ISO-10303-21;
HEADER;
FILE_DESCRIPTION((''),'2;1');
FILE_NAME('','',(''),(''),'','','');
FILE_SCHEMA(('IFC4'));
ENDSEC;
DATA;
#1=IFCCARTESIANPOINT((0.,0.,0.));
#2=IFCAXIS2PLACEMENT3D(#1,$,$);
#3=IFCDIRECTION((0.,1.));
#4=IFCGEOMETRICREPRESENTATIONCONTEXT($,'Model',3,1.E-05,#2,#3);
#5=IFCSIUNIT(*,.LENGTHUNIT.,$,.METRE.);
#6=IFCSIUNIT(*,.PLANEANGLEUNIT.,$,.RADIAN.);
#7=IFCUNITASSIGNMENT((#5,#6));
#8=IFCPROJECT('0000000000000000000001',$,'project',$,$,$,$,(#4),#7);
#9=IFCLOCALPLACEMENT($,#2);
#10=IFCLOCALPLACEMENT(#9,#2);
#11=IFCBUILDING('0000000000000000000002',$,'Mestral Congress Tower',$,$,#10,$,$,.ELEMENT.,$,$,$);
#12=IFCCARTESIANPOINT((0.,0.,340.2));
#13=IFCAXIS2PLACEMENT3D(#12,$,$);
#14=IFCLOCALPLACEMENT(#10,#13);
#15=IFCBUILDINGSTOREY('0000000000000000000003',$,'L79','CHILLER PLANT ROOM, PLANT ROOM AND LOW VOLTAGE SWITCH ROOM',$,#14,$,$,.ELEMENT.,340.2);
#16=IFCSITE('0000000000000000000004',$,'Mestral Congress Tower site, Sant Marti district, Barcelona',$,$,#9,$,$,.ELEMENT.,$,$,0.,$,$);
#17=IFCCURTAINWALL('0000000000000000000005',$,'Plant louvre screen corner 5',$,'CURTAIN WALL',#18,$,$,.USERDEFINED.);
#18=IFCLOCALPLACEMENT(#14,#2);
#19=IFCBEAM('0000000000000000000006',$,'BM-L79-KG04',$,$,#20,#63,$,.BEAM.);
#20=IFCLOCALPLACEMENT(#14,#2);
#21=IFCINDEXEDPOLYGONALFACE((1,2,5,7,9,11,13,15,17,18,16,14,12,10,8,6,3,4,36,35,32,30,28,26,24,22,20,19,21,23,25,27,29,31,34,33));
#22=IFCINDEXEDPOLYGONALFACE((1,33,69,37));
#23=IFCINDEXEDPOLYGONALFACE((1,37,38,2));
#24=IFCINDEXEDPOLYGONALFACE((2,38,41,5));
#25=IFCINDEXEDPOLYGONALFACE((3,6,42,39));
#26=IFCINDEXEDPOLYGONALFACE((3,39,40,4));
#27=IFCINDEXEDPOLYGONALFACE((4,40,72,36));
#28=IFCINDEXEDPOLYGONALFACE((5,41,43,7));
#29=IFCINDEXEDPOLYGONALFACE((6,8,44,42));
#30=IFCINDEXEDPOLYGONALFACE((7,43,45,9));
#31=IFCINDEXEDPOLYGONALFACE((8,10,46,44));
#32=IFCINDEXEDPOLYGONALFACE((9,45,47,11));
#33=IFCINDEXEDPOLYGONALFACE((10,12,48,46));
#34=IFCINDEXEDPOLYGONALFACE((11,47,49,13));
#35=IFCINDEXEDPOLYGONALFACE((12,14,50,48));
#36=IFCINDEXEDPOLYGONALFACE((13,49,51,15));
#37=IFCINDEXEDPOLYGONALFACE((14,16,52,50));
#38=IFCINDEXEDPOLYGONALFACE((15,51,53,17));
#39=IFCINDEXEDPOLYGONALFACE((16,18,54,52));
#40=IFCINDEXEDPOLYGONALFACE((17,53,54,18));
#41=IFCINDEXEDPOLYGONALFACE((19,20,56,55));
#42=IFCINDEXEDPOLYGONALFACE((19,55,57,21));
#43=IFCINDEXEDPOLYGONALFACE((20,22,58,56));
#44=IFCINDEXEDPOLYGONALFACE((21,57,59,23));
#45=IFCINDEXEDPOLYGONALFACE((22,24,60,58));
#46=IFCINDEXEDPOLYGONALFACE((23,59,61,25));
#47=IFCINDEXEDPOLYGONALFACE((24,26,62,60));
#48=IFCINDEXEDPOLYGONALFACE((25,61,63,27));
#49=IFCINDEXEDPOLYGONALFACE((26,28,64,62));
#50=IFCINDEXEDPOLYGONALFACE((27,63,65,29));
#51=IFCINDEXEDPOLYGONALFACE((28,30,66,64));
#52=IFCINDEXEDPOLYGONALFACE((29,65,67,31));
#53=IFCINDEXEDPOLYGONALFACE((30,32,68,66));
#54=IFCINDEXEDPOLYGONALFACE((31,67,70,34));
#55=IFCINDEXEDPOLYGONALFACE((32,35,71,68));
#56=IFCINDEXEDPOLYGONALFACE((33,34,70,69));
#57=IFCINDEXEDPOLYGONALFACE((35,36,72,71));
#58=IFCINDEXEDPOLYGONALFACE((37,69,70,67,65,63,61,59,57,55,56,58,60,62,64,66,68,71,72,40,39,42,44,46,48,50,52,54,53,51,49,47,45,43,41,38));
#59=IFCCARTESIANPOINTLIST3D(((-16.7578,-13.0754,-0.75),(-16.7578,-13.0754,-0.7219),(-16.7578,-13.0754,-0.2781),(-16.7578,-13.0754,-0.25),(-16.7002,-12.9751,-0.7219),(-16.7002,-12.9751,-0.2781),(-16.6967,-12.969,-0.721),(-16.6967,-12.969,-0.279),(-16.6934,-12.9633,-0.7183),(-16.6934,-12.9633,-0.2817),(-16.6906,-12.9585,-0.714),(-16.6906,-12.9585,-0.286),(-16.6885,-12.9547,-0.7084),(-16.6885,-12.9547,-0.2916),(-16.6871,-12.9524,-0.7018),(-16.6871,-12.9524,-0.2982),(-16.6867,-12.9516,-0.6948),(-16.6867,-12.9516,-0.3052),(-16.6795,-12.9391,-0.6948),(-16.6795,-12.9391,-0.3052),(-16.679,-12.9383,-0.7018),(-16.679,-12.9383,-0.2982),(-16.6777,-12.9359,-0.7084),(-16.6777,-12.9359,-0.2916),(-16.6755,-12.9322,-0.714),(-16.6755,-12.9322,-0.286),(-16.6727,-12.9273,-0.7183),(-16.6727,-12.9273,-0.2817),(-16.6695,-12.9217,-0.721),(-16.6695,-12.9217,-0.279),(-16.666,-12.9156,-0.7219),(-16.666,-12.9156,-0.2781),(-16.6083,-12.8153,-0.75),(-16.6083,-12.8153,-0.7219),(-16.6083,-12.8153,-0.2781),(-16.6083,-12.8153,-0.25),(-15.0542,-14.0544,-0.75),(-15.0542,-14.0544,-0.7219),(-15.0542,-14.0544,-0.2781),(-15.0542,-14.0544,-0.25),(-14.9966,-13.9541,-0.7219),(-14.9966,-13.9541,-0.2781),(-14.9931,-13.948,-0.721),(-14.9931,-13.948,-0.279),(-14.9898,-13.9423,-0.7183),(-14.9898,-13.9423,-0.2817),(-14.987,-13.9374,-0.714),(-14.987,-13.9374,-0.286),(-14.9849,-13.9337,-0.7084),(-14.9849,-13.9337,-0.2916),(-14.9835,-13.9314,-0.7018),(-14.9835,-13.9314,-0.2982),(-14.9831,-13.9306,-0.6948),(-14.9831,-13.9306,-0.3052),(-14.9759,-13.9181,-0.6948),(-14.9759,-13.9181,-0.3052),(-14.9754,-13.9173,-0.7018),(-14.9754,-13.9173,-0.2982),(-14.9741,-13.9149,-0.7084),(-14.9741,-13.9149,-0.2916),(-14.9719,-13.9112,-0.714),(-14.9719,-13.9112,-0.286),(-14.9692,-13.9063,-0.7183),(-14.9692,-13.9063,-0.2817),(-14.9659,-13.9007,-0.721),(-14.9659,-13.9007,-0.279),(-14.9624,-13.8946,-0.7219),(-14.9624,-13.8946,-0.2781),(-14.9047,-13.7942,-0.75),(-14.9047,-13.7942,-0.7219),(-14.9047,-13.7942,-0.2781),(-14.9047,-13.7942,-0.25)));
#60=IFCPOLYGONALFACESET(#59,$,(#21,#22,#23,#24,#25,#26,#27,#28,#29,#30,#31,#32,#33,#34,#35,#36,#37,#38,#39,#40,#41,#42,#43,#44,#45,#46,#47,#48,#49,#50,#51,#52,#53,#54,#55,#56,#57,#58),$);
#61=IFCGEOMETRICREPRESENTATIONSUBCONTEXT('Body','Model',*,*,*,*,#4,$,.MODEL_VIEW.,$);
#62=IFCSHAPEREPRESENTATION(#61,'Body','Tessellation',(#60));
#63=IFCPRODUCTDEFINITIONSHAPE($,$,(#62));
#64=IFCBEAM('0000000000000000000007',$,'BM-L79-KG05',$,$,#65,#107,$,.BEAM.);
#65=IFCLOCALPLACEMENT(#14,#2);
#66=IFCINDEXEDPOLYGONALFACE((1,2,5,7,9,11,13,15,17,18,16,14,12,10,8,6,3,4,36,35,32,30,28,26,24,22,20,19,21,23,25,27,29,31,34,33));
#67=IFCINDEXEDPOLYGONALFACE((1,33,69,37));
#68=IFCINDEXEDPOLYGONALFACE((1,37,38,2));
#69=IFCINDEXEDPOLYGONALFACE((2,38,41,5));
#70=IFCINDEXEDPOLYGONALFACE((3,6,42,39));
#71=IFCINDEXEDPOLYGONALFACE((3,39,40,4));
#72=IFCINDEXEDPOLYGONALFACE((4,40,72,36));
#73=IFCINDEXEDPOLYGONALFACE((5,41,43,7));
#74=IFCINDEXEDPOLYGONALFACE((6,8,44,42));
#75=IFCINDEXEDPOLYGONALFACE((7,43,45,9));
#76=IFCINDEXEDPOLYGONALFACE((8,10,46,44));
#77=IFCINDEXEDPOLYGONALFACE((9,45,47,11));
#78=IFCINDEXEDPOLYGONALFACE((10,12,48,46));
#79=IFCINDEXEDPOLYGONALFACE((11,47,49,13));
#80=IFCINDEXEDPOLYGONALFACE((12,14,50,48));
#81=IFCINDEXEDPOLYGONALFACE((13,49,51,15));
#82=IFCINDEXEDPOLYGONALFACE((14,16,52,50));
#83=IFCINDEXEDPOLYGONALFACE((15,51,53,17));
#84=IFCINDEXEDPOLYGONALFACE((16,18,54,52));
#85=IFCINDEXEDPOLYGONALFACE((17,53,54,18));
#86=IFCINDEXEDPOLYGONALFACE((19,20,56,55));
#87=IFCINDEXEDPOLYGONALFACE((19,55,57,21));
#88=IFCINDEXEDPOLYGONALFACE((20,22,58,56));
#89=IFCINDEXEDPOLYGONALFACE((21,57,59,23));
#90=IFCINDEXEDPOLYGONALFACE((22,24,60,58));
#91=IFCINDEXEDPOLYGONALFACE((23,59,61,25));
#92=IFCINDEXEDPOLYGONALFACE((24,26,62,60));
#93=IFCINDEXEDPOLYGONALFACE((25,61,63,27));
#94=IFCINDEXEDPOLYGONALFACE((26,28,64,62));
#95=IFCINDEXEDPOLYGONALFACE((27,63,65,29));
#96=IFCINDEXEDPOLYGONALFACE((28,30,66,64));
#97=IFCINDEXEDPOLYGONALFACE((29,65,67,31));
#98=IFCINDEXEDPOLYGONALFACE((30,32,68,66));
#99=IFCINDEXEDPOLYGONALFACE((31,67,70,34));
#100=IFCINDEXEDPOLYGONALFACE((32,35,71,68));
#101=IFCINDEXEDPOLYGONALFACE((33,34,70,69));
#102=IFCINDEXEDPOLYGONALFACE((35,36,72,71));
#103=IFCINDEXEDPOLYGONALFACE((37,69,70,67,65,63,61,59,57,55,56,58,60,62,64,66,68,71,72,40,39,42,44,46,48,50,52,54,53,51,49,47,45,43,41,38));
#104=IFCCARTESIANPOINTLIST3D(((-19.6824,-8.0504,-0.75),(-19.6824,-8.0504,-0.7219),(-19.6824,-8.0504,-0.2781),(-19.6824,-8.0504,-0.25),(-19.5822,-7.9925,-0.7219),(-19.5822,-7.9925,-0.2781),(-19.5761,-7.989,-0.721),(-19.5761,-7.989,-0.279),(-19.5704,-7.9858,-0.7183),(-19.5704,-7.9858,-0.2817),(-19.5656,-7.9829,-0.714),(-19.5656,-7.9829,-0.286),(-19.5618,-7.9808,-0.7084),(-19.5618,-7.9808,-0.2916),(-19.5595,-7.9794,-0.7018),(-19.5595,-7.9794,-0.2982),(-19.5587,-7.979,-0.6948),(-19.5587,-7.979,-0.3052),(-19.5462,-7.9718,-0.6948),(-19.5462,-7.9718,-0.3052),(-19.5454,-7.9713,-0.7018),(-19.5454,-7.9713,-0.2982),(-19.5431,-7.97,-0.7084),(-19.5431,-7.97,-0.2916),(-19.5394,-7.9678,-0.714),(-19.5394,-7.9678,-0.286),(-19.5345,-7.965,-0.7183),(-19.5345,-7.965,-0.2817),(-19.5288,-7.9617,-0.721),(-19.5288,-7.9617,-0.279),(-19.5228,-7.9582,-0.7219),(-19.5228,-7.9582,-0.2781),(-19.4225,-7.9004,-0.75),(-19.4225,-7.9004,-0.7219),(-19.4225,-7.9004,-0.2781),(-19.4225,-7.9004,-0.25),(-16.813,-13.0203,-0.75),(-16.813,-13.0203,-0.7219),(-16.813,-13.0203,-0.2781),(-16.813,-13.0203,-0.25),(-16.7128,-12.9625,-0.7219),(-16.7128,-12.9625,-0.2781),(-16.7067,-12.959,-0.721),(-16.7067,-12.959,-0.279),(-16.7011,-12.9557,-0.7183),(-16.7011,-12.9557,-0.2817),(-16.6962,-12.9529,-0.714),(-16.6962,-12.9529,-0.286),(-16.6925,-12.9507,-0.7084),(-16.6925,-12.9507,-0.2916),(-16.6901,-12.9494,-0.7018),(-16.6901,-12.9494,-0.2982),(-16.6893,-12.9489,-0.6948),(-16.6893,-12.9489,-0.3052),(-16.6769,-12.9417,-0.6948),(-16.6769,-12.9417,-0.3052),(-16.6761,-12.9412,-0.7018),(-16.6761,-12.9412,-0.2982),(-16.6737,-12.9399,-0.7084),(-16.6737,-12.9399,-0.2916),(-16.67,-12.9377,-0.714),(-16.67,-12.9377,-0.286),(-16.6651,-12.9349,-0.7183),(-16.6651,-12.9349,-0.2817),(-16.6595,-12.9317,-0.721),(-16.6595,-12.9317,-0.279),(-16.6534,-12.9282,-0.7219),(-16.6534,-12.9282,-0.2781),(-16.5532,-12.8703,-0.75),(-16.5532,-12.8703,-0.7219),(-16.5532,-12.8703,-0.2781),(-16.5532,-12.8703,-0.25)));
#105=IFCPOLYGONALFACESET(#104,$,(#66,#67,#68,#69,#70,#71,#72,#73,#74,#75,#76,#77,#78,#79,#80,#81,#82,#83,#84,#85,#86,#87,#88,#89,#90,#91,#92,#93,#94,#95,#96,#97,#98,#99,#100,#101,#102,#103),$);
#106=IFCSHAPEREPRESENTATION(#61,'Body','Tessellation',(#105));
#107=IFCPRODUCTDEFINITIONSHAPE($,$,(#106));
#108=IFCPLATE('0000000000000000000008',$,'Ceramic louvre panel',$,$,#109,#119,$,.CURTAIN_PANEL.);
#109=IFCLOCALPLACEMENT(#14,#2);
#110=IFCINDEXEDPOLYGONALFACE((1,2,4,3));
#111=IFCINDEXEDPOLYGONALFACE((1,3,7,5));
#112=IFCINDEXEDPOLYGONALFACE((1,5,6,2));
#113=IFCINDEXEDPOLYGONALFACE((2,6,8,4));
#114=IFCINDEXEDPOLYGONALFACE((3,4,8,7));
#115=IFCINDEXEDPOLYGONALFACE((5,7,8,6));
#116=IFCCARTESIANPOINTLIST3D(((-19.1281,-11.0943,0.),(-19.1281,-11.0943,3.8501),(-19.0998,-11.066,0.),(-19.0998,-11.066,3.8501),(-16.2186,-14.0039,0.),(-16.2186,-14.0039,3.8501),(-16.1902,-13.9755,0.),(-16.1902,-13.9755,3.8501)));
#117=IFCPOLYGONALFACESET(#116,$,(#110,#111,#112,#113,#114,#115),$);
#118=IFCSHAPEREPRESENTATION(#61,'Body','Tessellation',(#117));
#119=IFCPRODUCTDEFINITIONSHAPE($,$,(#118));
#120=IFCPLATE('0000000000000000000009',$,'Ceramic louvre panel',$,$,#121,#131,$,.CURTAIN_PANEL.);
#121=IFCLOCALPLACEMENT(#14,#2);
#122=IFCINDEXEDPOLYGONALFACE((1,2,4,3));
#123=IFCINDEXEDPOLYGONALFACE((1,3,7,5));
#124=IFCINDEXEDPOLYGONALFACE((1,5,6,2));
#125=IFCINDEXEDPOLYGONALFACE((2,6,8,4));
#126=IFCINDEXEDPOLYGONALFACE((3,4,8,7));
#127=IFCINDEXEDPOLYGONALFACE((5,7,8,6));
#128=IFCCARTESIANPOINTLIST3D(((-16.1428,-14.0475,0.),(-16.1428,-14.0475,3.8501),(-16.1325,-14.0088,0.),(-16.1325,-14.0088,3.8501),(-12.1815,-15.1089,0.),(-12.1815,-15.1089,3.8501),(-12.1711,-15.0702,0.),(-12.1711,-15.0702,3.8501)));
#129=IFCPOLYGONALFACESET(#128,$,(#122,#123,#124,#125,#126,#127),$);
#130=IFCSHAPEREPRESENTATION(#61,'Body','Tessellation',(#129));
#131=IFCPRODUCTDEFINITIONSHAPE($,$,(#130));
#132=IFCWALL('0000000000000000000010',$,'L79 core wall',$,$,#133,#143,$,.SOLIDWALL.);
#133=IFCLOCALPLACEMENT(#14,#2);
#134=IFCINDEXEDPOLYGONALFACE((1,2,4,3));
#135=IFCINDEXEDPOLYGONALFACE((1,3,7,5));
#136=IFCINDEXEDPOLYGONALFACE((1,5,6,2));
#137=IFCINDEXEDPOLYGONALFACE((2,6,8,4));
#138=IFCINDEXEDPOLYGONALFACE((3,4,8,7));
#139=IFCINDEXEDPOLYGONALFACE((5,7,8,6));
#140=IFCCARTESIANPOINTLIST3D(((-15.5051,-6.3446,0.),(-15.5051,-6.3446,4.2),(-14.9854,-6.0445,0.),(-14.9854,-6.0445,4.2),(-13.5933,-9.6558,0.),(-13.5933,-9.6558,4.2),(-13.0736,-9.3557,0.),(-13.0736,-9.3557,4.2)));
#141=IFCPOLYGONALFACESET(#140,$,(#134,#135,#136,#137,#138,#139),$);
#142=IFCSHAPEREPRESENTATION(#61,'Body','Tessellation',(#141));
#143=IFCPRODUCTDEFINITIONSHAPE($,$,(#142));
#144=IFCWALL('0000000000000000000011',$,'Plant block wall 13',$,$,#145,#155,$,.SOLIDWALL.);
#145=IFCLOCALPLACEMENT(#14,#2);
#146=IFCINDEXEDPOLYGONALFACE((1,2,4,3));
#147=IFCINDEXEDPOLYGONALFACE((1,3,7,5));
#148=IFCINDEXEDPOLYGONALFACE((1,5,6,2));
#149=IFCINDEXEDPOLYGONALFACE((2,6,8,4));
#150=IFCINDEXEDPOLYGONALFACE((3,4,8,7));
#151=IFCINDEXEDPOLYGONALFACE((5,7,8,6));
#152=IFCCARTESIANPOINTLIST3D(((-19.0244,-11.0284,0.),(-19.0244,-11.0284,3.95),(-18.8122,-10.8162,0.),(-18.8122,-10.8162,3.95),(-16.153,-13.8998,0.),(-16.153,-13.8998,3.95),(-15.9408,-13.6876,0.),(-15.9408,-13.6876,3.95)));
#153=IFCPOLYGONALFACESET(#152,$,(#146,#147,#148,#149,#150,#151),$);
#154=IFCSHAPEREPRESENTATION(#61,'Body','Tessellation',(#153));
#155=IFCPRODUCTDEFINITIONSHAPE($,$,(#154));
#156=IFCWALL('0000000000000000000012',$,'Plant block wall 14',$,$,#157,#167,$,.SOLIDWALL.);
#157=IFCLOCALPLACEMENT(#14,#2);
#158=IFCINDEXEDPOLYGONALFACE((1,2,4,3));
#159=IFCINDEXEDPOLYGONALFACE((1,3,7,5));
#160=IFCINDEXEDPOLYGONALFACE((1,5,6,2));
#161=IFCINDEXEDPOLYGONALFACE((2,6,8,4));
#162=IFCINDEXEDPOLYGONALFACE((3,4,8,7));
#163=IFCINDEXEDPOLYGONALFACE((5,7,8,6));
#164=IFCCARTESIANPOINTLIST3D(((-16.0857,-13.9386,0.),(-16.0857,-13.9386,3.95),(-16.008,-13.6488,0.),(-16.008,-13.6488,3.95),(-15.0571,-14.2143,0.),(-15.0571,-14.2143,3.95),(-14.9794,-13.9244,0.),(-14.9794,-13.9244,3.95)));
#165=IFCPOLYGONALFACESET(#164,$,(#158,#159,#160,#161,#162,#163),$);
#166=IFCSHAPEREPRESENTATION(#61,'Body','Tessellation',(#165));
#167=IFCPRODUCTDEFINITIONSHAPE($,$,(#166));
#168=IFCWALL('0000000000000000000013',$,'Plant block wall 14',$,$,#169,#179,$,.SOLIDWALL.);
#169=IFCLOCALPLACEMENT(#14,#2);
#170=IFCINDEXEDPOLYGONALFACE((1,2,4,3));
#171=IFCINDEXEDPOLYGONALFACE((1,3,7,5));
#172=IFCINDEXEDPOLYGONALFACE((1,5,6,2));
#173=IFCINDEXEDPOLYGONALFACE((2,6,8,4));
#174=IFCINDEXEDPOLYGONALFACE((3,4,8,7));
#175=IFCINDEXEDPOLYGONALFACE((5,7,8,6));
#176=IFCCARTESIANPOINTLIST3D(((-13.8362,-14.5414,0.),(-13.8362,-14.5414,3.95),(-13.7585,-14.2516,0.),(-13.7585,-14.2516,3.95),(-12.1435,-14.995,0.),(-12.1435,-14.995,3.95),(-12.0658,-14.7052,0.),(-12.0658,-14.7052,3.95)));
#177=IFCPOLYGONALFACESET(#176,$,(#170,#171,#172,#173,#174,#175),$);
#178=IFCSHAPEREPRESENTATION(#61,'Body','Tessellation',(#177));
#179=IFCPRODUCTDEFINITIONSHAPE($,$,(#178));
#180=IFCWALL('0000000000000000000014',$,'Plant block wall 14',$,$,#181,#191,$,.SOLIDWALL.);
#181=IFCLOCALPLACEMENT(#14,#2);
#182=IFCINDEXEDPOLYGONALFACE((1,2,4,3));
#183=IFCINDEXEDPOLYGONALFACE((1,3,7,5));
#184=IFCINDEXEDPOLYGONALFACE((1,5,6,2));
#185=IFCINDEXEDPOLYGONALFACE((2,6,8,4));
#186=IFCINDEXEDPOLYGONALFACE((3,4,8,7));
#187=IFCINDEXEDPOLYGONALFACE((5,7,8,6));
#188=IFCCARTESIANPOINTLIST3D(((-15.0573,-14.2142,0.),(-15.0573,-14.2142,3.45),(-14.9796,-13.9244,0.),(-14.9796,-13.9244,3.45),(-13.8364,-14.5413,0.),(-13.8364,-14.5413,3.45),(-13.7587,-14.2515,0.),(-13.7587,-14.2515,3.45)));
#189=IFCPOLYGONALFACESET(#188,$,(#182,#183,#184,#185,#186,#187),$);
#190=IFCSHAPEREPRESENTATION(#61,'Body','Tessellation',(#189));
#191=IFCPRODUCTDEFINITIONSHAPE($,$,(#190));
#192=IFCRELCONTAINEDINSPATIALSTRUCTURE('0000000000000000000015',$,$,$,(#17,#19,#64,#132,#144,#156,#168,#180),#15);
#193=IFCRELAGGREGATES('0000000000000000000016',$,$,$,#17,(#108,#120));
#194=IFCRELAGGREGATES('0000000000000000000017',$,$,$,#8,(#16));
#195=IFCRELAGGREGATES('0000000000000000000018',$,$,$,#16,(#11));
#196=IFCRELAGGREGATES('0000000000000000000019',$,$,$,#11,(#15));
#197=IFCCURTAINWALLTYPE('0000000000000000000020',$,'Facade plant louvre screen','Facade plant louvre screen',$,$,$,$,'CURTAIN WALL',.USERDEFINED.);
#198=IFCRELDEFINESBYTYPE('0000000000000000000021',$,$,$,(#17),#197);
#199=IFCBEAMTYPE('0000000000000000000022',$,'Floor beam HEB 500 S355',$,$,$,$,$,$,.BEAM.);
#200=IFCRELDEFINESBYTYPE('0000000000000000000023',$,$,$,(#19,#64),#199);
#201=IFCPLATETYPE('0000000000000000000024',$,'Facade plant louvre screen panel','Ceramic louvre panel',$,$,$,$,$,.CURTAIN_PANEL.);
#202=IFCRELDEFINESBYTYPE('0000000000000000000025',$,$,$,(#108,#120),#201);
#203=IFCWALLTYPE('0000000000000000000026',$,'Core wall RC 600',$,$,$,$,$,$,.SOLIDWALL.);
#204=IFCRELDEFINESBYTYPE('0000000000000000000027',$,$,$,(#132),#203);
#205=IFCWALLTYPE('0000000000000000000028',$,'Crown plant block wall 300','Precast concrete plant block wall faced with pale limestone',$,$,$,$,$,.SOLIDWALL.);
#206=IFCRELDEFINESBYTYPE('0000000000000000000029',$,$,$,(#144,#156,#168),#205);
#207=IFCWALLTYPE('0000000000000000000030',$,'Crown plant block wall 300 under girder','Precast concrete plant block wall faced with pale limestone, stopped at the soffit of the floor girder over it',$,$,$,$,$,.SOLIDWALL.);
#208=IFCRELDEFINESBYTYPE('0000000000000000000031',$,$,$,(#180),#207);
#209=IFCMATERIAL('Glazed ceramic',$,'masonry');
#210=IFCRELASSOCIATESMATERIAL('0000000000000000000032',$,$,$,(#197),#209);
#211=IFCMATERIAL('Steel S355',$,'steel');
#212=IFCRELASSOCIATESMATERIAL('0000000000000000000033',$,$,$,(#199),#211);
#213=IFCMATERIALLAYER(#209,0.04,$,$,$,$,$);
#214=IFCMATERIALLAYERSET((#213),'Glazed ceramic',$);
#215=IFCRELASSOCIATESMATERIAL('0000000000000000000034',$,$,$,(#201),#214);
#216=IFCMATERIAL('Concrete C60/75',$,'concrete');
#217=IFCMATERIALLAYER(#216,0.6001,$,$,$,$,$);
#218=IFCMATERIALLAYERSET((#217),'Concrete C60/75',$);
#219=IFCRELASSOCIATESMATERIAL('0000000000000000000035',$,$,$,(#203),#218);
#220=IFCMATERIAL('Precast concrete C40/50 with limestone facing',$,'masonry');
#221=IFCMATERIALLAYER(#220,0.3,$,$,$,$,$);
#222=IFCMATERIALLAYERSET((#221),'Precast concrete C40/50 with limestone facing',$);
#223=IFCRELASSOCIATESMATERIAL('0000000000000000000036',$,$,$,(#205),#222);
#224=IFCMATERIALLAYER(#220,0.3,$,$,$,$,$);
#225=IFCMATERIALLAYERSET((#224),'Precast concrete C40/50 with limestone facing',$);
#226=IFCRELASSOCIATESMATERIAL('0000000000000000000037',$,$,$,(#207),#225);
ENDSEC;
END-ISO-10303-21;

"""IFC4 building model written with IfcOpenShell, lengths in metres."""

from ifc_helpers import new_model, si_unit, direction, frame, frame_2d, origin, origin_2d, place, context, subcontext, project, spatial, rectangle, i_section, extrude, material, layer, layer_set, material_profile, profile_set, type_object, element, aggregate, save


model = new_model("IFC4")

# Units and contexts
model_context = context("Model", 3, precision=1e-05, world=origin(), true_north=direction((0.0, 1.0)))
body_context = subcontext(model_context, "Body", "Model", "MODEL_VIEW")
ifc_project = project(units=[si_unit("LENGTHUNIT", "METRE"), si_unit("PLANEANGLEUNIT", "RADIAN")], contexts=[model_context])

# Site, building, storey
site_placement = place(None, origin())
site = spatial("IfcSite", under=ifc_project, at=site_placement, Name="Mestral Congress Tower site, Sant Marti district, Barcelona", CompositionType="ELEMENT", RefElevation=0.0)
building_placement = place(site_placement, origin())
building = spatial("IfcBuilding", under=site, at=building_placement, Name="Mestral Congress Tower", CompositionType="ELEMENT")
storey_placement = place(building_placement, frame((0.0, 0.0, 340.2)))
storey = spatial("IfcBuildingStorey", under=building, at=storey_placement, Name="L79", Description="CHILLER PLANT ROOM, PLANT ROOM AND LOW VOLTAGE SWITCH ROOM", CompositionType="ELEMENT", Elevation=340.2)

# Shared definitions
ifc_material_1 = material(Name="Steel S355", Category="steel")
ifc_material_2 = material(Name="Concrete C60/75", Category="concrete")

# Curtain wall
ifc_material_3 = material(Name="Glazed ceramic", Category="masonry")
curtain_wall_type = type_object("IfcCurtainWallType", Name="Facade plant louvre screen", Description="Facade plant louvre screen", ElementType="CURTAIN WALL", PredefinedType="USERDEFINED", material=ifc_material_3)
curtain_wall_placement = place(storey_placement, origin())
curtain_wall = element("IfcCurtainWall", 1, at=curtain_wall_placement, inside=storey, type_object=curtain_wall_type, Name="Plant louvre screen corner 5", ObjectType="CURTAIN WALL", PredefinedType="USERDEFINED")

# Beams
ifc_material_profile_1 = material_profile(ifc_material_1, i_section(OverallWidth=0.3, OverallDepth=0.5, WebThickness=0.0144, FlangeThickness=0.0281, FilletRadius=0.0271, at=origin_2d()), Name="HEB 500")
ifc_profile_set_1 = profile_set([ifc_material_profile_1], Name="Steel S355")
beam_type_1 = type_object("IfcBeamType", Name="Floor beam HEB 500 S355", PredefinedType="BEAM", material=ifc_profile_set_1)
beam_1_placement = place(storey_placement, frame((-14.9795, -13.9243, -0.5), z_axis=(-0.867032, 0.498252, 0.0), x_axis=(-0.498252, -0.867032, 0.0)))
element("IfcBeam", 2, at=beam_1_placement, inside=storey, type_object=beam_type_1, Name="BM-L79-KG04", PredefinedType="BEAM", context=body_context, shape_type="SweptSolid", body=[
    extrude(i_section(OverallWidth=0.3, OverallDepth=0.5, WebThickness=0.0144, FlangeThickness=0.0281, FilletRadius=0.0271, at=origin_2d()), origin(), (0.0, 0.0, 1.0), 1.9648),
])
beam_2_placement = place(storey_placement, frame((-16.6831, -12.9453, -0.5), z_axis=(-0.499996, 0.866028, 0.0), x_axis=(-0.866028, -0.499996, 0.0)))
element("IfcBeam", 3, at=beam_2_placement, inside=storey, type_object=beam_type_1, Name="BM-L79-KG05", PredefinedType="BEAM", context=body_context, shape_type="SweptSolid", body=[
    extrude(i_section(OverallWidth=0.3, OverallDepth=0.5, WebThickness=0.0144, FlangeThickness=0.0281, FilletRadius=0.0271, at=origin_2d()), origin(), (0.0, 0.0, 1.0), 5.7388),
])

# Plates
ifc_layer_1 = layer(ifc_material_3, 0.04)
ifc_layer_set_1 = layer_set([ifc_layer_1], Name="Glazed ceramic")
plate_type = type_object("IfcPlateType", Name="Facade plant louvre screen panel", Description="Ceramic louvre panel", PredefinedType="CURTAIN_PANEL", material=ifc_layer_set_1)
plate_1_placement = place(storey_placement, frame((-17.6592, -12.5349, 0.0), z_axis=(0.0, 0.0, 1.0), x_axis=(0.707107, -0.707107, 0.0)))
plate_1 = element("IfcPlate", 4, at=plate_1_placement, type_object=plate_type, Name="Ceramic louvre panel", PredefinedType="CURTAIN_PANEL", context=body_context, shape_type="SweptSolid", body=[
    extrude(rectangle(XDim=4.1147, YDim=0.04, at=origin_2d()), origin(), (0.0, 0.0, 1.0), 3.8501),
])
plate_2_placement = place(storey_placement, frame((-14.157, -14.5588, 0.0), z_axis=(0.0, 0.0, 1.0), x_axis=(0.965926, -0.258819, 0.0)))
plate_2 = element("IfcPlate", 5, at=plate_2_placement, type_object=plate_type, Name="Ceramic louvre panel", PredefinedType="CURTAIN_PANEL", context=body_context, shape_type="SweptSolid", body=[
    extrude(rectangle(XDim=4.1011, YDim=0.04, at=origin_2d()), origin(), (0.0, 0.0, 1.0), 3.8501),
])
aggregate(curtain_wall, [plate_1, plate_2])

# Walls
ifc_layer_2 = layer(ifc_material_2, 0.6001)
ifc_layer_set_2 = layer_set([ifc_layer_2], Name="Concrete C60/75")
wall_type_1 = type_object("IfcWallType", Name="Core wall RC 600", PredefinedType="SOLIDWALL", material=ifc_layer_set_2)
wall_1_placement = place(storey_placement, frame((-13.3335, -9.5056, 0.0), z_axis=(0.0, 0.0, 1.0), x_axis=(-0.500019, 0.866014, 0.0)))
element("IfcWall", 6, at=wall_1_placement, inside=storey, type_object=wall_type_1, Name="L79 core wall", PredefinedType="SOLIDWALL", context=body_context, shape_type="SweptSolid", body=[
    extrude(rectangle(XDim=3.8235, YDim=0.6001, at=frame_2d((1.9116, 0.0))), origin(), (0.0, 0.0, 1.0), 4.2),
])
ifc_material_4 = material(Name="Precast concrete C40/50 with limestone facing", Category="masonry")
ifc_layer_3 = layer(ifc_material_4, 0.3)
ifc_layer_set_3 = layer_set([ifc_layer_3], Name="Precast concrete C40/50 with limestone facing")
wall_type_2 = type_object("IfcWallType", Name="Crown plant block wall 300", Description="Precast concrete plant block wall faced with pale limestone", PredefinedType="SOLIDWALL", material=ifc_layer_set_3)
wall_2_placement = place(storey_placement, frame((-18.9182, -10.9224, 0.0), z_axis=(0.0, 0.0, 1.0), x_axis=(0.707107, -0.707107, 0.0)))
element("IfcWall", 7, at=wall_2_placement, inside=storey, type_object=wall_type_2, Name="Plant block wall 13", PredefinedType="SOLIDWALL", context=body_context, shape_type="SweptSolid", body=[
    extrude(rectangle(XDim=4.0608, YDim=0.3, at=frame_2d((2.0303, 0.0))), origin(), (0.0, 0.0, 1.0), 3.95),
])
wall_3_placement = place(storey_placement, frame((-16.0469, -13.7937, 0.0), z_axis=(0.0, 0.0, 1.0), x_axis=(0.965918, -0.258847, 0.0)))
element("IfcWall", 8, at=wall_3_placement, inside=storey, type_object=wall_type_2, Name="Plant block wall 14", PredefinedType="SOLIDWALL", context=body_context, shape_type="SweptSolid", body=[
    extrude(rectangle(XDim=1.0649, YDim=0.3, at=frame_2d((0.5325, 0.0))), origin(), (0.0, 0.0, 1.0), 3.95),
])
wall_4_placement = place(storey_placement, frame((-13.7974, -14.3965, 0.0), z_axis=(0.0, 0.0, 1.0), x_axis=(0.965915, -0.258859, 0.0)))
element("IfcWall", 9, at=wall_4_placement, inside=storey, type_object=wall_type_2, Name="Plant block wall 14", PredefinedType="SOLIDWALL", context=body_context, shape_type="SweptSolid", body=[
    extrude(rectangle(XDim=1.7524, YDim=0.3, at=frame_2d((0.8762, 0.0))), origin(), (0.0, 0.0, 1.0), 3.95),
])
ifc_layer_4 = layer(ifc_material_4, 0.3)
ifc_layer_set_4 = layer_set([ifc_layer_4], Name="Precast concrete C40/50 with limestone facing")
wall_type_3 = type_object("IfcWallType", Name="Crown plant block wall 300 under girder", Description="Precast concrete plant block wall faced with pale limestone, stopped at the soffit of the floor girder over it", PredefinedType="SOLIDWALL", material=ifc_layer_set_4)
wall_5_placement = place(storey_placement, frame((-15.0183, -14.0693, 0.0), z_axis=(0.0, 0.0, 1.0), x_axis=(0.965926, -0.258817, 0.0)))
element("IfcWall", 10, at=wall_5_placement, inside=storey, type_object=wall_type_3, Name="Plant block wall 14", PredefinedType="SOLIDWALL", context=body_context, shape_type="SweptSolid", body=[
    extrude(rectangle(XDim=1.2639, YDim=0.3, at=frame_2d((0.6318, 0.0))), origin(), (0.0, 0.0, 1.0), 3.45),
])

save(model, "model.ifc")
